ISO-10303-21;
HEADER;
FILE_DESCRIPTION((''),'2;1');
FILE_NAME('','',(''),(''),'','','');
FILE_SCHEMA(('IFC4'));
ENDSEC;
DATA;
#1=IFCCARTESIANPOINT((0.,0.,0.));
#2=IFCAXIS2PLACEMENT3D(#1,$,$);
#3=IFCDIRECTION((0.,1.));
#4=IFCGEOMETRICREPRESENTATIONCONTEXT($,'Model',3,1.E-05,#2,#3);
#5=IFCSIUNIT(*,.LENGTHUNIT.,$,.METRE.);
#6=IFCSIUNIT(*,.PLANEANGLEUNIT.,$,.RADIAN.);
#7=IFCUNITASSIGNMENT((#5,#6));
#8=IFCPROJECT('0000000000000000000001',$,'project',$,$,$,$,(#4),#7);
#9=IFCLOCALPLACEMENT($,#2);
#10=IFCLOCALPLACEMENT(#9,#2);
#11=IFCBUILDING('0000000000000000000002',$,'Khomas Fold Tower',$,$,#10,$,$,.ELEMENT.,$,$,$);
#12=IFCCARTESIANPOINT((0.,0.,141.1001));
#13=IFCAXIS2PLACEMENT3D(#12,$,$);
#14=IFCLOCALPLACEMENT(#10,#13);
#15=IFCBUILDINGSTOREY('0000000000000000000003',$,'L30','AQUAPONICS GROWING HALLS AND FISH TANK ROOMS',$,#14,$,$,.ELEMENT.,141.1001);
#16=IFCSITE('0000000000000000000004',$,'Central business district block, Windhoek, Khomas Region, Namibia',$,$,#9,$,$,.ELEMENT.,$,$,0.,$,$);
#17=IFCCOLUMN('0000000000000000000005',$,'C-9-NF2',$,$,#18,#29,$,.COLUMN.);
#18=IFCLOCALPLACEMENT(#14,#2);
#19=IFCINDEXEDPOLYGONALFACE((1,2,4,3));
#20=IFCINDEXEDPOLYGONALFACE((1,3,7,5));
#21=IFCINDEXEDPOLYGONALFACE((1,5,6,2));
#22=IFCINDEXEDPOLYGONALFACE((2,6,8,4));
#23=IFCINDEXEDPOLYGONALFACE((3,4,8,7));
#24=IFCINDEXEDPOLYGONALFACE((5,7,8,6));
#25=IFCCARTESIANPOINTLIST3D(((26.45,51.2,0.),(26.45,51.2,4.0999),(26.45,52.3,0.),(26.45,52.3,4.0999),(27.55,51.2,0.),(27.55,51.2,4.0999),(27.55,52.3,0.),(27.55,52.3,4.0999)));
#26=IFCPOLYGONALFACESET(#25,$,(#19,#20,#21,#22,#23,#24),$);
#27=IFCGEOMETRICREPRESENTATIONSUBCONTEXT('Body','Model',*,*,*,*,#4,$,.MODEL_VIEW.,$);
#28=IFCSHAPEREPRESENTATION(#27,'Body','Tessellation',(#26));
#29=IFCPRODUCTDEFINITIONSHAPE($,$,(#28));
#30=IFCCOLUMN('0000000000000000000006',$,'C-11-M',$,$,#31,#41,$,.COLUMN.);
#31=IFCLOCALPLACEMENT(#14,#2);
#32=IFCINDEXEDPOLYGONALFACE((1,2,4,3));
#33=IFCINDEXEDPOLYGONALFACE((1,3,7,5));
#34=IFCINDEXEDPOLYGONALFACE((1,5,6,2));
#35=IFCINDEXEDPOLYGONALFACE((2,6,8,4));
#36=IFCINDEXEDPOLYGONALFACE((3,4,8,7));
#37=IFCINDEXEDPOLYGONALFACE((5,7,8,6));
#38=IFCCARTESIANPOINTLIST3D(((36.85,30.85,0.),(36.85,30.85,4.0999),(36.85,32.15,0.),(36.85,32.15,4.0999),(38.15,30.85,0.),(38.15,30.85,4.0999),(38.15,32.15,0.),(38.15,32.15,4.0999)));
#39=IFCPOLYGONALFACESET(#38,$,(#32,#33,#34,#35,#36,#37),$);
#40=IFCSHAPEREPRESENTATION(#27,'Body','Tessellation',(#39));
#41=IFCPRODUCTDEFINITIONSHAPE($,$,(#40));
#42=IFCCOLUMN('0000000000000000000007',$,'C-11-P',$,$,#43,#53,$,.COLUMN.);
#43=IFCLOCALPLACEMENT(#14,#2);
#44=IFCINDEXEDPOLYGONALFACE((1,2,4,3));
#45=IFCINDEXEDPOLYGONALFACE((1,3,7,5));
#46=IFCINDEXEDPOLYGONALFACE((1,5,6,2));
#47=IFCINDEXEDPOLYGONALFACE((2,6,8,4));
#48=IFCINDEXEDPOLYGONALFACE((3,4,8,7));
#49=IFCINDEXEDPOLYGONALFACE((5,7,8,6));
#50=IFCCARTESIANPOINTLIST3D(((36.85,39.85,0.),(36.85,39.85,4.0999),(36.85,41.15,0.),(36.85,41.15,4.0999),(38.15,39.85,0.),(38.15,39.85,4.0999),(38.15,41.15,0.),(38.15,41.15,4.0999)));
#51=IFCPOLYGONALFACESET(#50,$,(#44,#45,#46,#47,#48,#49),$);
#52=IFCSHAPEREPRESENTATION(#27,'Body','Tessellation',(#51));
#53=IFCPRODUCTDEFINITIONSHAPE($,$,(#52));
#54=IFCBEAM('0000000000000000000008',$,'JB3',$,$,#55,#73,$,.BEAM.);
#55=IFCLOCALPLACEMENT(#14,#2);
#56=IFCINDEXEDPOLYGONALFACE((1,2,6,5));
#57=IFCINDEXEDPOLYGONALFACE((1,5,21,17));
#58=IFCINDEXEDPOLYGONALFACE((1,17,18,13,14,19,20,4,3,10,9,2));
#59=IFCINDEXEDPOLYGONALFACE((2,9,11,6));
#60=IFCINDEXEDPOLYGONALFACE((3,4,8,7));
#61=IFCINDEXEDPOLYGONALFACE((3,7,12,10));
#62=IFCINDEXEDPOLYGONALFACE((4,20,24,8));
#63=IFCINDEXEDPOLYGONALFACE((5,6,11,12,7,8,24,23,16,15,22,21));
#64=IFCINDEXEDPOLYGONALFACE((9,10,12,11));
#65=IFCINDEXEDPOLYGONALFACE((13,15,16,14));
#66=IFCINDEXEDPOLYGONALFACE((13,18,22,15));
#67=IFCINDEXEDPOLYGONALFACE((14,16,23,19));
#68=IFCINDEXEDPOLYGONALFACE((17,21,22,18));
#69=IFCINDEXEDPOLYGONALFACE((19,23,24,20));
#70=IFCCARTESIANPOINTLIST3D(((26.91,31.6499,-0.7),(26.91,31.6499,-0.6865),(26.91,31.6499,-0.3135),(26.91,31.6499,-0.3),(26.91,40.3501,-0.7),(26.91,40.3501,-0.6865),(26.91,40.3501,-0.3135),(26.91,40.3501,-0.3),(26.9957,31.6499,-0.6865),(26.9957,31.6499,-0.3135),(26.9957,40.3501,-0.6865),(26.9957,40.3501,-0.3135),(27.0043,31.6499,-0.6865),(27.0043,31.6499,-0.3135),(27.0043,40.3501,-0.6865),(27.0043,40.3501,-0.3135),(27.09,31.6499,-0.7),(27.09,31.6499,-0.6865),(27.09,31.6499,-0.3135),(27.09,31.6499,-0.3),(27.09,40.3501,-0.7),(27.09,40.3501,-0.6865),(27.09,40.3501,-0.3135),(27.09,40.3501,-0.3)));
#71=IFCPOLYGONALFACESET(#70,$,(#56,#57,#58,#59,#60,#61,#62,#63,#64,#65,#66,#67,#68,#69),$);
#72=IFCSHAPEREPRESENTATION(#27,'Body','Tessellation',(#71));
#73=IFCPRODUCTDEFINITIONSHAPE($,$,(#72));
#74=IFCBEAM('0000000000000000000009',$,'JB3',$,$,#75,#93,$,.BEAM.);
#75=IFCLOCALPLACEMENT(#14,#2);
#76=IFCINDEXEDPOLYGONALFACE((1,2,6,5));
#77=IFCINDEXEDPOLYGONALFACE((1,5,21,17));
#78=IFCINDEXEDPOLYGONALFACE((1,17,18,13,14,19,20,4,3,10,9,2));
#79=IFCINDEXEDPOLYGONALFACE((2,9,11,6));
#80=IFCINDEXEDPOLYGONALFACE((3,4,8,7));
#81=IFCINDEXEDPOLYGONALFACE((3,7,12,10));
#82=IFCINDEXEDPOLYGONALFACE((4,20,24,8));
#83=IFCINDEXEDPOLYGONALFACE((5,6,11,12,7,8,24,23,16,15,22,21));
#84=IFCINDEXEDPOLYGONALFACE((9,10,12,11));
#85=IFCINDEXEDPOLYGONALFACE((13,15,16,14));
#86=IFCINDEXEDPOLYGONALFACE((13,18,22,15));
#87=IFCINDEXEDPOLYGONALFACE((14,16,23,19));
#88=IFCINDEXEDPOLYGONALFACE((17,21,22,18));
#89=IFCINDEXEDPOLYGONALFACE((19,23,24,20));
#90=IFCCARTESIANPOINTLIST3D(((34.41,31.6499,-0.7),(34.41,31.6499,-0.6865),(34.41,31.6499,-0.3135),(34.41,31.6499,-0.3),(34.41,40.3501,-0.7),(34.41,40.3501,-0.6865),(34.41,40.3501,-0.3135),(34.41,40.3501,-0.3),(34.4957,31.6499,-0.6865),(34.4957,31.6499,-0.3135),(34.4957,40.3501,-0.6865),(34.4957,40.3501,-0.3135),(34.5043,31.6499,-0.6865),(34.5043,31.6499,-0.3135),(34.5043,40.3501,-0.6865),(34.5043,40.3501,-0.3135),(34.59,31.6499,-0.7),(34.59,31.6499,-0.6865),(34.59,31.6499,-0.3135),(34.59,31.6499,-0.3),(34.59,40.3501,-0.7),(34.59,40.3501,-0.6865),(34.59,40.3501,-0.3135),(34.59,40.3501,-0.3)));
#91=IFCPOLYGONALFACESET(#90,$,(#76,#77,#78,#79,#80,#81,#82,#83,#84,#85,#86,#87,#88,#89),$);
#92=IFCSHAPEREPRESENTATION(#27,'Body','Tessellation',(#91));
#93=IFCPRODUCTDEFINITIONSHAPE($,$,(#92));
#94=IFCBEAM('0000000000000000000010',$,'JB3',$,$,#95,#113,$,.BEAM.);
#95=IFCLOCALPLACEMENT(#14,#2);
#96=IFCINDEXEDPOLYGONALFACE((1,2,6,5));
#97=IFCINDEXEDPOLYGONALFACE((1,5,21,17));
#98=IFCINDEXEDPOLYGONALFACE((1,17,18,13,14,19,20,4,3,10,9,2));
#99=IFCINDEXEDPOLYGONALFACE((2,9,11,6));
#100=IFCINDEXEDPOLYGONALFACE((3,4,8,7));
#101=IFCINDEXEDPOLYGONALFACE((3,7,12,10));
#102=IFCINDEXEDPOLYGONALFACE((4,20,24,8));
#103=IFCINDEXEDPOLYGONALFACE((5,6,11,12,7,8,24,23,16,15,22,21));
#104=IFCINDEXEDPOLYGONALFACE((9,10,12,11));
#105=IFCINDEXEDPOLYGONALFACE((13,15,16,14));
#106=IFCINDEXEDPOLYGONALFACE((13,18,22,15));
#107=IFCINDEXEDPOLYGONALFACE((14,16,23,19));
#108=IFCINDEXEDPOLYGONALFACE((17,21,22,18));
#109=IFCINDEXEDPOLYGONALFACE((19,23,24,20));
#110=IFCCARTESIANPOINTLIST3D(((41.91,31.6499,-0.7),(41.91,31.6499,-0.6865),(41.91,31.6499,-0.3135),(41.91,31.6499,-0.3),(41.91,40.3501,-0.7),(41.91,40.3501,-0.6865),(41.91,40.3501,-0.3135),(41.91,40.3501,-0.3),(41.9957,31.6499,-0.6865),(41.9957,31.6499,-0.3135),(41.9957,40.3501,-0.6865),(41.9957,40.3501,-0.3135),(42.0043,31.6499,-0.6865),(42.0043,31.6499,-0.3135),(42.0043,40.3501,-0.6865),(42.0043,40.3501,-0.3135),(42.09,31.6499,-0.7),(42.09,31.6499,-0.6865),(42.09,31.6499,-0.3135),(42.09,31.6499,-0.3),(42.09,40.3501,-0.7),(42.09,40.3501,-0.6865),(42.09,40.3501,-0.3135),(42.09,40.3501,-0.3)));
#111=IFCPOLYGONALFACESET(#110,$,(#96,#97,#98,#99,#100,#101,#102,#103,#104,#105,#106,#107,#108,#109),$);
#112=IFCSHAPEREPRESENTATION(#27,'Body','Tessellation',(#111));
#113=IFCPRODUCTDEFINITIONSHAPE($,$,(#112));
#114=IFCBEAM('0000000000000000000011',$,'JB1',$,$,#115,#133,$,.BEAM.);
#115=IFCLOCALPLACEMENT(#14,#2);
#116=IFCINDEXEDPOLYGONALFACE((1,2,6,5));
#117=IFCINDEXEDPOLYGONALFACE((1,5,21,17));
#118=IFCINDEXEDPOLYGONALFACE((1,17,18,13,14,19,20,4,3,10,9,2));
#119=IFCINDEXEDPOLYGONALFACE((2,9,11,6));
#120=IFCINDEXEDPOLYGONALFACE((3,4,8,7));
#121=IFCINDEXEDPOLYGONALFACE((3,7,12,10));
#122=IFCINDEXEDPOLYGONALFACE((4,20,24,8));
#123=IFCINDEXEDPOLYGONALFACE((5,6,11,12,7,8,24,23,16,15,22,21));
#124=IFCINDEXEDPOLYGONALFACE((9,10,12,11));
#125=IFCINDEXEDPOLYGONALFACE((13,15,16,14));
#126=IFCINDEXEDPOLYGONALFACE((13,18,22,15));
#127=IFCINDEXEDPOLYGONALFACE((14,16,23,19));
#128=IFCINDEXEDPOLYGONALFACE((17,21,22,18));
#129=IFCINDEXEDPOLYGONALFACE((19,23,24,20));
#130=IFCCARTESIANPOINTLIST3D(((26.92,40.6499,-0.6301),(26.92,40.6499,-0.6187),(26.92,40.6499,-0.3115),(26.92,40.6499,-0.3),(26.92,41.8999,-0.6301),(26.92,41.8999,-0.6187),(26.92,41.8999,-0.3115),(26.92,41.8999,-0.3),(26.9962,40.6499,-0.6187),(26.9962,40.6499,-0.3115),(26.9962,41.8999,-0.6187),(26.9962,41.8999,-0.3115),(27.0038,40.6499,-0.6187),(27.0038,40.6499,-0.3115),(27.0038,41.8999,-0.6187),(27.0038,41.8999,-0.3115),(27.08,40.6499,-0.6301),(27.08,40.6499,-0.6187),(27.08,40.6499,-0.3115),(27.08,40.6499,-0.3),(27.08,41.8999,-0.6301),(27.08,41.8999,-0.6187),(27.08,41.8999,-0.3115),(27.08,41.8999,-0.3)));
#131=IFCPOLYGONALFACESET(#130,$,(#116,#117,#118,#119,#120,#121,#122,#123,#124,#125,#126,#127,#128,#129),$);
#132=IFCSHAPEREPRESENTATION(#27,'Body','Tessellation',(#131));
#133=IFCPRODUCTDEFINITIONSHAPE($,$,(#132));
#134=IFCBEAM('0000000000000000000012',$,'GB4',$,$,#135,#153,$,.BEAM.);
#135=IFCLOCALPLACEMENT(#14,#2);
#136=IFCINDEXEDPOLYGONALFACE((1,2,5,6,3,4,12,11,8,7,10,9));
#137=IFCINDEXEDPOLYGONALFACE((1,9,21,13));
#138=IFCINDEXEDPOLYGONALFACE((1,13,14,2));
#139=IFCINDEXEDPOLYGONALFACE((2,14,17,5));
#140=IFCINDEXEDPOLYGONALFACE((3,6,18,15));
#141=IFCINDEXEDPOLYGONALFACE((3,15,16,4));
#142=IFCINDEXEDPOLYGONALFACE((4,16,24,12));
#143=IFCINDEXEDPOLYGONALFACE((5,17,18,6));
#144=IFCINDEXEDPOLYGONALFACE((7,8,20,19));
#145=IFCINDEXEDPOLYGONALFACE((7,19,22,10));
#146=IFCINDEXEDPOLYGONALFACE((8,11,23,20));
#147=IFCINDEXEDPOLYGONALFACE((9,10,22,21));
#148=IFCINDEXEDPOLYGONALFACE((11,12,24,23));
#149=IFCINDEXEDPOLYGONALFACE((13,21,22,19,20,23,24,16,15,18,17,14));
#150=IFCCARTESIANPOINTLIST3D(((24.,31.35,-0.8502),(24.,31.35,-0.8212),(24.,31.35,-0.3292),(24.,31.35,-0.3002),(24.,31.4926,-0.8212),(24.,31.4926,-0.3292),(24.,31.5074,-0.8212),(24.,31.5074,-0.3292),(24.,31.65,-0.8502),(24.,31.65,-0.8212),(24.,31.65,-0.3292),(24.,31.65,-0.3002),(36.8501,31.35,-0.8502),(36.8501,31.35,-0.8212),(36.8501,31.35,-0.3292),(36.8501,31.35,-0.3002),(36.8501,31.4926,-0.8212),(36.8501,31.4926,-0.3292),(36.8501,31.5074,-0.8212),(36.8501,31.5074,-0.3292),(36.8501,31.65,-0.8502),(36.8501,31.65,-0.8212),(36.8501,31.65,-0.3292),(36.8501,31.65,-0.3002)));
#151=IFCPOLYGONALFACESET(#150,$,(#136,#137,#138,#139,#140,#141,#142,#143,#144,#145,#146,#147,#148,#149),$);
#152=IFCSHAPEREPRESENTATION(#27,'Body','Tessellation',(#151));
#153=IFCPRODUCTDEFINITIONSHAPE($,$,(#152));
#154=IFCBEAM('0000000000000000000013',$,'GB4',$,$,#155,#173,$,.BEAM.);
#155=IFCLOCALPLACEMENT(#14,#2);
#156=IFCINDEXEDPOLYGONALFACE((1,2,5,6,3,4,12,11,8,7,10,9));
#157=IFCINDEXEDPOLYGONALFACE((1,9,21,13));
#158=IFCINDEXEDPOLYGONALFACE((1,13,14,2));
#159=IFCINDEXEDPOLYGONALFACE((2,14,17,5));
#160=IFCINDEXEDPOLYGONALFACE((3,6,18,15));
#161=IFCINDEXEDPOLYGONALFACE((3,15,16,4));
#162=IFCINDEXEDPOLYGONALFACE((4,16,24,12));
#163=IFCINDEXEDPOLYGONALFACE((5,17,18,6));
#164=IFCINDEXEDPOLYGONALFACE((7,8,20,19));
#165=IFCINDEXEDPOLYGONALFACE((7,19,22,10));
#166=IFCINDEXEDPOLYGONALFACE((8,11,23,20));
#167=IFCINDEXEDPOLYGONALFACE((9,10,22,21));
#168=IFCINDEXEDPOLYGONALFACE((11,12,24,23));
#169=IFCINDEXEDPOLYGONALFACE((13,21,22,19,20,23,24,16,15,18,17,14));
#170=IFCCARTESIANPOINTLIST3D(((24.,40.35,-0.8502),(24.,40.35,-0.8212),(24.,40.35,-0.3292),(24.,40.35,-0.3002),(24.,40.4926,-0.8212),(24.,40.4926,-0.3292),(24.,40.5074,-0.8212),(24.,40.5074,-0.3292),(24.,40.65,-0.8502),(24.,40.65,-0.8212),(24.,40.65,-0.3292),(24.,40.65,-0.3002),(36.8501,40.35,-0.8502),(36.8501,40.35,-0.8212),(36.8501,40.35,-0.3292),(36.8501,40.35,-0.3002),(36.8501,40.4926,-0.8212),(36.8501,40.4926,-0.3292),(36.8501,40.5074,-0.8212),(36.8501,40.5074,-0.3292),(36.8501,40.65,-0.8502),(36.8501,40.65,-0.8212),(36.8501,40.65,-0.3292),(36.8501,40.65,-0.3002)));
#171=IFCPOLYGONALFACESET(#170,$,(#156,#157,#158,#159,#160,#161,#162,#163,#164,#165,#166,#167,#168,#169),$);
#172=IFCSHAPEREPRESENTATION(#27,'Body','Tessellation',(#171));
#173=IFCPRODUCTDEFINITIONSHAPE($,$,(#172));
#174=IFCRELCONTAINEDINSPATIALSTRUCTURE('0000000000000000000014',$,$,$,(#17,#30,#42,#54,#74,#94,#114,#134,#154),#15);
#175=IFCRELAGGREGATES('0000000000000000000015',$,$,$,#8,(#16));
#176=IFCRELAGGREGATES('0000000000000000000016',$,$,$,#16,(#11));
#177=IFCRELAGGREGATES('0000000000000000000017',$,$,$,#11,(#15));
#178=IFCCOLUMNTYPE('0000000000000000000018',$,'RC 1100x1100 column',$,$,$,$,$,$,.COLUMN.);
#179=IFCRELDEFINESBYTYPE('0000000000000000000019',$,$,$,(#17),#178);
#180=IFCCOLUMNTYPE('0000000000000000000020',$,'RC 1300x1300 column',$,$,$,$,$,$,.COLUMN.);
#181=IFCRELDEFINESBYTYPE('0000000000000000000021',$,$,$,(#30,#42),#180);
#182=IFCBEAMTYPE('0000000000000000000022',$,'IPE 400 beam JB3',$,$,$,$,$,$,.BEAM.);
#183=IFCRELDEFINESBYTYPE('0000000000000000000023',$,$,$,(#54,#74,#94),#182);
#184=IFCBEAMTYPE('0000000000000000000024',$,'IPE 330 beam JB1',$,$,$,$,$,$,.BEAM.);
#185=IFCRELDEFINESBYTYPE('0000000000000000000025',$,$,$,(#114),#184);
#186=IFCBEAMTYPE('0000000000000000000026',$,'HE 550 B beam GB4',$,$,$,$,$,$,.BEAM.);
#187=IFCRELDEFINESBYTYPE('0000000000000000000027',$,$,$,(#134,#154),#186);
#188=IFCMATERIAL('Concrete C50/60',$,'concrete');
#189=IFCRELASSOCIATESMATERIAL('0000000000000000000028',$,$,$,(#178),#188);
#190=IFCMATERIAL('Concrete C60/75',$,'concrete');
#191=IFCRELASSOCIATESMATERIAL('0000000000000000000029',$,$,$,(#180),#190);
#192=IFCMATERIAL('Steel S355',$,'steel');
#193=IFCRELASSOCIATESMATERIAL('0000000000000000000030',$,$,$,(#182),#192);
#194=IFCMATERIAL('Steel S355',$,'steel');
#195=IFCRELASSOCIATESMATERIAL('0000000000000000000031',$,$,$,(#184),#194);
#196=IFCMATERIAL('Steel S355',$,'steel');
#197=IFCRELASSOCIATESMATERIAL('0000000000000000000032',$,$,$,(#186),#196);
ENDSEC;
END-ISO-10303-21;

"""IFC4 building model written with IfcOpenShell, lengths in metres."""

from ifc_helpers import new_model, si_unit, direction, frame, origin, origin_2d, place, context, subcontext, project, spatial, rectangle, i_section, extrude, source, transform, mapped, material, material_profile, profile_set, type_object, element, save


model = new_model("IFC4")

# Units and contexts
model_context = context("Model", 3, precision=1e-05, world=origin(), true_north=direction((0.0, 1.0)))
body_context = subcontext(model_context, "Body", "Model", "MODEL_VIEW")
ifc_project = project(units=[si_unit("LENGTHUNIT", "METRE"), si_unit("PLANEANGLEUNIT", "RADIAN")], contexts=[model_context])

# Site, building, storey
site_placement = place(None, origin())
site = spatial("IfcSite", under=ifc_project, at=site_placement, Name="Central business district block, Windhoek, Khomas Region, Namibia", CompositionType="ELEMENT", RefElevation=0.0)
building_placement = place(site_placement, origin())
building = spatial("IfcBuilding", under=site, at=building_placement, Name="Khomas Fold Tower", CompositionType="ELEMENT")
storey_placement = place(building_placement, frame((0.0, 0.0, 141.1001)))
storey = spatial("IfcBuildingStorey", under=building, at=storey_placement, Name="L30", Description="AQUAPONICS GROWING HALLS AND FISH TANK ROOMS", CompositionType="ELEMENT", Elevation=141.1001)

# Columns
ifc_material_1 = material(Name="Concrete C50/60", Category="concrete")
ifc_material_profile_1 = material_profile(ifc_material_1, rectangle(XDim=1.1001, YDim=1.1001, at=origin_2d()), Name="RC 1100x1100")
ifc_profile_set_1 = profile_set([ifc_material_profile_1], Name="Concrete C50/60")
column_type_1 = type_object("IfcColumnType", Name="RC 1100x1100 column", PredefinedType="COLUMN", material=ifc_profile_set_1)
shared_shape_1 = source(origin(), body_context, "Body", "SweptSolid", [
    extrude(rectangle(XDim=1.1001, YDim=1.1001, at=origin_2d()), origin(), (0.0, 0.0, 1.0), 4.0999),
])
column_placement = place(storey_placement, frame((27.0, 51.75, 0.0), z_axis=(0.0, 0.0, 1.0), x_axis=(1.0, 0.0, 0.0)))
element("IfcColumn", 1, at=column_placement, inside=storey, type_object=column_type_1, Name="C-9-NF2", PredefinedType="COLUMN", context=body_context, shape_type="MappedRepresentation", body=[
    mapped(shared_shape_1, transform((0.0, 0.0, 0.0))),
])
ifc_material_2 = material(Name="Concrete C60/75", Category="concrete")
ifc_material_profile_2 = material_profile(ifc_material_2, rectangle(XDim=1.3, YDim=1.3, at=origin_2d()), Name="RC 1300x1300")
ifc_profile_set_2 = profile_set([ifc_material_profile_2], Name="Concrete C60/75")
column_type_2 = type_object("IfcColumnType", Name="RC 1300x1300 column", PredefinedType="COLUMN", material=ifc_profile_set_2)
shared_shape_2 = source(origin(), body_context, "Body", "SweptSolid", [
    extrude(rectangle(XDim=1.3, YDim=1.3, at=origin_2d()), origin(), (0.0, 0.0, 1.0), 4.0999),
])
for number, where, z_axis, x_axis, name in (
    (2, (37.5, 31.5, 0.0), (0.0, 0.0, 1.0), (1.0, 0.0, 0.0), "C-11-M"),
    (3, (37.5, 40.5, 0.0), (0.0, 0.0, 1.0), (1.0, 0.0, 0.0), "C-11-P"),
):
    element("IfcColumn", number, at=place(storey_placement, frame(where, z_axis=z_axis, x_axis=x_axis)), inside=storey, type_object=column_type_2, Name=name, PredefinedType="COLUMN", context=body_context, shape_type="MappedRepresentation", body=[
        mapped(shared_shape_2, transform((0.0, 0.0, 0.0))),
    ])

# Beams
ifc_material_3 = material(Name="Steel S355", Category="steel")
ifc_material_profile_3 = material_profile(ifc_material_3, i_section(OverallWidth=0.1799, OverallDepth=0.3999, WebThickness=0.0085, FlangeThickness=0.0134, at=origin_2d()), Name="IPE 400")
ifc_profile_set_3 = profile_set([ifc_material_profile_3], Name="Steel S355")
beam_type_1 = type_object("IfcBeamType", Name="IPE 400 beam JB3", PredefinedType="BEAM", material=ifc_profile_set_3)
shared_shape_3 = source(origin(), body_context, "Body", "SweptSolid", [
    extrude(i_section(OverallWidth=0.1799, OverallDepth=0.3999, WebThickness=0.0085, FlangeThickness=0.0134, at=origin_2d()), origin(), (0.0, 0.0, 1.0), 8.7002),
])
for number, where, z_axis, x_axis, name in (
    (4, (27.0, 31.6499, -0.5), (0.0, 1.0, 0.0), (-1.0, 0.0, 0.0), "JB3"),
    (5, (34.5, 31.6499, -0.5), (0.0, 1.0, 0.0), (-1.0, 0.0, 0.0), "JB3"),
    (6, (42.0, 31.6499, -0.5), (0.0, 1.0, 0.0), (-1.0, 0.0, 0.0), "JB3"),
):
    element("IfcBeam", number, at=place(storey_placement, frame(where, z_axis=z_axis, x_axis=x_axis)), inside=storey, type_object=beam_type_1, Name=name, PredefinedType="BEAM", context=body_context, shape_type="MappedRepresentation", body=[
        mapped(shared_shape_3, transform((0.0, 0.0, 0.0))),
    ])
ifc_material_4 = material(Name="Steel S355", Category="steel")
ifc_material_profile_4 = material_profile(ifc_material_4, i_section(OverallWidth=0.1599, OverallDepth=0.3301, WebThickness=0.0076, FlangeThickness=0.0115, at=origin_2d()), Name="IPE 330")
ifc_profile_set_4 = profile_set([ifc_material_profile_4], Name="Steel S355")
beam_type_2 = type_object("IfcBeamType", Name="IPE 330 beam JB1", PredefinedType="BEAM", material=ifc_profile_set_4)
shared_shape_4 = source(origin(), body_context, "Body", "SweptSolid", [
    extrude(i_section(OverallWidth=0.1599, OverallDepth=0.3301, WebThickness=0.0076, FlangeThickness=0.0115, at=origin_2d()), origin(), (0.0, 0.0, 1.0), 1.25),
])
beam_1_placement = place(storey_placement, frame((27.0, 40.6499, -0.4651), z_axis=(0.0, 1.0, 0.0), x_axis=(-1.0, 0.0, 0.0)))
element("IfcBeam", 7, at=beam_1_placement, inside=storey, type_object=beam_type_2, Name="JB1", PredefinedType="BEAM", context=body_context, shape_type="MappedRepresentation", body=[
    mapped(shared_shape_4, transform((0.0, 0.0, 0.0))),
])
ifc_material_5 = material(Name="Steel S355", Category="steel")
ifc_material_profile_5 = material_profile(ifc_material_5, i_section(OverallWidth=0.3, OverallDepth=0.55, WebThickness=0.0149, FlangeThickness=0.0291, at=origin_2d()), Name="HE 550 B")
ifc_profile_set_5 = profile_set([ifc_material_profile_5], Name="Steel S355")
beam_type_3 = type_object("IfcBeamType", Name="HE 550 B beam GB4", PredefinedType="BEAM", material=ifc_profile_set_5)
shared_shape_5 = source(origin(), body_context, "Body", "SweptSolid", [
    extrude(i_section(OverallWidth=0.3, OverallDepth=0.55, WebThickness=0.0149, FlangeThickness=0.0291, at=origin_2d()), origin(), (0.0, 0.0, 1.0), 12.8501),
])
for number, where, z_axis, x_axis, name in (
    (8, (24.0, 31.5, -0.5752), (1.0, 0.0, 0.0), (0.0, 1.0, 0.0), "GB4"),
    (9, (24.0, 40.5, -0.5752), (1.0, 0.0, 0.0), (0.0, 1.0, 0.0), "GB4"),
):
    element("IfcBeam", number, at=place(storey_placement, frame(where, z_axis=z_axis, x_axis=x_axis)), inside=storey, type_object=beam_type_3, Name=name, PredefinedType="BEAM", context=body_context, shape_type="MappedRepresentation", body=[
        mapped(shared_shape_5, transform((0.0, 0.0, 0.0))),
    ])

save(model, "model.ifc")
